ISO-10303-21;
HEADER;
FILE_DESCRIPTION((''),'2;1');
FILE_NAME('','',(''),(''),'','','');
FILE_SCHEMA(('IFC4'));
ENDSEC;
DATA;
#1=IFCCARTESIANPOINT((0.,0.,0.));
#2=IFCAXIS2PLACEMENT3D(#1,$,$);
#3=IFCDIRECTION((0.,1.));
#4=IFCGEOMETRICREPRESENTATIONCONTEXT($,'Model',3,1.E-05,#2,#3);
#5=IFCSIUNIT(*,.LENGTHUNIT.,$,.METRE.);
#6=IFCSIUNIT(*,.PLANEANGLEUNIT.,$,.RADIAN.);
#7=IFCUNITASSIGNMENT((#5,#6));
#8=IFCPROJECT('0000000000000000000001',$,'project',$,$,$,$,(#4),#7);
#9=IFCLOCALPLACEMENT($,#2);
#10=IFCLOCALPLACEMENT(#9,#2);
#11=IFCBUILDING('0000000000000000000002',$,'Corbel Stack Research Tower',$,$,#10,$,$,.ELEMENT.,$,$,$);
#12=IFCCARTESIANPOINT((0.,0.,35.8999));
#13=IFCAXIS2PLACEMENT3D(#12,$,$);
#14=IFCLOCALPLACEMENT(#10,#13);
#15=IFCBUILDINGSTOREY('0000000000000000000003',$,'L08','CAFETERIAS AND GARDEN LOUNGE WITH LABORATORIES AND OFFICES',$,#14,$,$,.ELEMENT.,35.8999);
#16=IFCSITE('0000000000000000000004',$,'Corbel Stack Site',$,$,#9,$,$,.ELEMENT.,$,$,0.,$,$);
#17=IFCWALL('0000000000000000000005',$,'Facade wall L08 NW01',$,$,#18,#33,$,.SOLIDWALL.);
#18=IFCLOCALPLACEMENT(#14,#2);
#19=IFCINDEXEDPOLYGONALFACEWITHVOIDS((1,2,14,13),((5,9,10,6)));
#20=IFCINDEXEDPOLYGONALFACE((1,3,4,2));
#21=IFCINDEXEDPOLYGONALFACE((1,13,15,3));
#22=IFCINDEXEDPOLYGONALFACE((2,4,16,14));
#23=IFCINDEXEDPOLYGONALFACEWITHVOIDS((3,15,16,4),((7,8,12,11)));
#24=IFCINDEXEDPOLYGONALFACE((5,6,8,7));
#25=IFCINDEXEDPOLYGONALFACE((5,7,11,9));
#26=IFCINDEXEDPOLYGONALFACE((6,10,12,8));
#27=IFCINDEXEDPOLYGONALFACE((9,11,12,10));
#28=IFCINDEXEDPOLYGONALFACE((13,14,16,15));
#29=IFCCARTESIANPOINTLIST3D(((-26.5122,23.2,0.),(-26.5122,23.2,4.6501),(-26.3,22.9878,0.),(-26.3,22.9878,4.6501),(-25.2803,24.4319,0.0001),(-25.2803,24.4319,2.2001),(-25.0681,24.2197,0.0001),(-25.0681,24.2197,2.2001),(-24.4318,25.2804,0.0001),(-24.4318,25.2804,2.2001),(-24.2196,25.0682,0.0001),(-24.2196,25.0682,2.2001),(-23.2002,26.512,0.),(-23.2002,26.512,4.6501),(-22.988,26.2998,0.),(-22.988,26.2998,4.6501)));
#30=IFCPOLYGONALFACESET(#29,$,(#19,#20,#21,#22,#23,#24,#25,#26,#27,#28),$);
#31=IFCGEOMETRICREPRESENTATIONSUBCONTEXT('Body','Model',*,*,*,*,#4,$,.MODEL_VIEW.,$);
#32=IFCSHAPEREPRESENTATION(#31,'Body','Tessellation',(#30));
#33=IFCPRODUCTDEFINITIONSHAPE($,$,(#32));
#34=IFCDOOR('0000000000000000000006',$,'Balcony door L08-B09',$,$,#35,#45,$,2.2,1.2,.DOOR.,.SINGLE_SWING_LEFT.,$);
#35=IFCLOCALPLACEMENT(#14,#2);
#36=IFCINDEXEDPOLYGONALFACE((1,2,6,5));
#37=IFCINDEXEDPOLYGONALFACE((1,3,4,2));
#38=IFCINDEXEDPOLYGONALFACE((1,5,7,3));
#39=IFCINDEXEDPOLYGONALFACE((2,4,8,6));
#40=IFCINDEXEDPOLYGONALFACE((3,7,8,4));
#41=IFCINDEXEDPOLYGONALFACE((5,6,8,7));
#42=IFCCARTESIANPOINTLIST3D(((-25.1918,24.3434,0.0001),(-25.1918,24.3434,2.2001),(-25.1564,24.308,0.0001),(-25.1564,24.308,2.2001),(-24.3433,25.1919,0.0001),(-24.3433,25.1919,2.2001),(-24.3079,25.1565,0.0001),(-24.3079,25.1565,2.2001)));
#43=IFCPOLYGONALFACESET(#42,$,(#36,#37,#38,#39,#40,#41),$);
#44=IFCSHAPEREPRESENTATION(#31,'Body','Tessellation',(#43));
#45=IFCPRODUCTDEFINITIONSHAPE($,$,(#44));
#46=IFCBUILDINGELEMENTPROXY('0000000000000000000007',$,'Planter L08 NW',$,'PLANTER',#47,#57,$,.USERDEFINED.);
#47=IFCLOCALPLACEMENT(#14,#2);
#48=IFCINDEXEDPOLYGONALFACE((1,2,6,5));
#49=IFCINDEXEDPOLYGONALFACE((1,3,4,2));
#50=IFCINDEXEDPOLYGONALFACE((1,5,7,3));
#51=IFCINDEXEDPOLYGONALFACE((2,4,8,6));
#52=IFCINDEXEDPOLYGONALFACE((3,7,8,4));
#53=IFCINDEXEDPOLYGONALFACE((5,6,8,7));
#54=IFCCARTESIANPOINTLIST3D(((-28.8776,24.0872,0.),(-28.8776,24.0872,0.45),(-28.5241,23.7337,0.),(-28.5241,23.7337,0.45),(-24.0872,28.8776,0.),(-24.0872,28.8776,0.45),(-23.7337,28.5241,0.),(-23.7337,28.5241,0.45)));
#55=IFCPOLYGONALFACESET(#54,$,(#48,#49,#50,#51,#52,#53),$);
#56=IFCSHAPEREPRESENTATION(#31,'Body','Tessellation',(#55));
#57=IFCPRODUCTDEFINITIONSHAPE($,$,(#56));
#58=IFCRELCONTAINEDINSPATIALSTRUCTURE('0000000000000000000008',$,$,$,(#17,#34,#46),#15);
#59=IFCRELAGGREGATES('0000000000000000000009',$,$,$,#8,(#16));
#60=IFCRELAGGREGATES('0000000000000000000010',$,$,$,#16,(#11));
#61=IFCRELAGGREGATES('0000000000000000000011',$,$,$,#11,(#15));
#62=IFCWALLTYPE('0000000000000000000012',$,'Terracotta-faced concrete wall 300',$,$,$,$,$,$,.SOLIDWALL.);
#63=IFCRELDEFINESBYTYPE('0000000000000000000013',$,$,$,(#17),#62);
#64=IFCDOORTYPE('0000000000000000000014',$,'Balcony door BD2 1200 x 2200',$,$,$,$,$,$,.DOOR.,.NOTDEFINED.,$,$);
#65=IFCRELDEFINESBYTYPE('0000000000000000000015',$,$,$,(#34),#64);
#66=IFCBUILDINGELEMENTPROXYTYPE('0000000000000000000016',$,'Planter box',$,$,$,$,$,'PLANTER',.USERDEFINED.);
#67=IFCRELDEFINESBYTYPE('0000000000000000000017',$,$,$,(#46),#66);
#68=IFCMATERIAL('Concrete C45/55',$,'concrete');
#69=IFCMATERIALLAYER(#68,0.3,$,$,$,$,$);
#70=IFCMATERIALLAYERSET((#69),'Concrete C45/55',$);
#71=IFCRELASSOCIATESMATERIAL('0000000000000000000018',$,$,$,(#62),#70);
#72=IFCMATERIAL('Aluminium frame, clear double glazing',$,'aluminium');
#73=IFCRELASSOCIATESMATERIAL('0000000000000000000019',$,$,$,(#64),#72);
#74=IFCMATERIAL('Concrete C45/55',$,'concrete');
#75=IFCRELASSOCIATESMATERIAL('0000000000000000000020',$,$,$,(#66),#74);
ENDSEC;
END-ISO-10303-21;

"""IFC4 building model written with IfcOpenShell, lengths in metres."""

from ifc_helpers import new_model, si_unit, direction, frame, frame_2d, origin, origin_2d, place, context, subcontext, project, spatial, rectangle, extrude, material, layer, layer_set, type_object, element, fill, save


model = new_model("IFC4")

# Units and contexts
model_context = context("Model", 3, precision=1e-05, world=origin(), true_north=direction((0.0, 1.0)))
body_context = subcontext(model_context, "Body", "Model", "MODEL_VIEW")
ifc_project = project(units=[si_unit("LENGTHUNIT", "METRE"), si_unit("PLANEANGLEUNIT", "RADIAN")], contexts=[model_context])

# Site, building, storey
site_placement = place(None, origin())
site = spatial("IfcSite", under=ifc_project, at=site_placement, Name="Corbel Stack Site", CompositionType="ELEMENT", RefElevation=0.0)
building_placement = place(site_placement, origin())
building = spatial("IfcBuilding", under=site, at=building_placement, Name="Corbel Stack Research Tower", CompositionType="ELEMENT")
storey_placement = place(building_placement, frame((0.0, 0.0, 35.8999)))
storey = spatial("IfcBuildingStorey", under=building, at=storey_placement, Name="L08", Description="CAFETERIAS AND GARDEN LOUNGE WITH LABORATORIES AND OFFICES", CompositionType="ELEMENT", Elevation=35.8999)

# Wall, opening, door
ifc_material_1 = material(Name="Concrete C45/55", Category="concrete")
ifc_layer_1 = layer(ifc_material_1, 0.3)
ifc_layer_set_1 = layer_set([ifc_layer_1], Name="Concrete C45/55")
wall_type_1 = type_object("IfcWallType", Name="Terracotta-faced concrete wall 300", PredefinedType="SOLIDWALL", material=ifc_layer_set_1)
wall_1_placement = place(storey_placement, frame((-26.406, 23.094, 0.0), z_axis=(0.0, 0.0, 1.0), x_axis=(0.707107, 0.707107, 0.0)))
wall_1 = element("IfcWall", 1, at=wall_1_placement, inside=storey, type_object=wall_type_1, Name="Facade wall L08 NW01", PredefinedType="SOLIDWALL", context=body_context, shape_type="SweptSolid", body=[
    extrude(rectangle(XDim=4.6838, YDim=0.3, at=frame_2d((2.3418, 0.0))), origin(), (0.0, 0.0, 1.0), 4.6501),
])
opening_placement = place(wall_1_placement, frame((1.7419, 0.0, 0.0)))
opening = element("IfcOpeningElement", 2, at=opening_placement, cuts=wall_1, PredefinedType="OPENING", context=body_context, shape_type="SweptSolid", body=[
    extrude(rectangle(XDim=1.2, YDim=2.2, at=frame_2d((0.6001, 1.1001))), frame((0.0, 0.1599, 0.0), z_axis=(0.0, -1.0, 0.0), x_axis=(1.0, 0.0, 0.0)), (0.0, 0.0, 1.0), 0.3201),
])
ifc_material_2 = material(Name="Aluminium frame, clear double glazing", Category="aluminium")
door_type = type_object("IfcDoorType", Name="Balcony door BD2 1200 x 2200", OperationType="NOTDEFINED", PredefinedType="DOOR", material=ifc_material_2)
door_placement = place(opening_placement, origin())
door = element("IfcDoor", 3, at=door_placement, inside=storey, type_object=door_type, Name="Balcony door L08-B09", OperationType="SINGLE_SWING_LEFT", OverallHeight=2.2, OverallWidth=1.2, PredefinedType="DOOR", context=body_context, shape_type="SweptSolid", body=[
    extrude(rectangle(XDim=1.2, YDim=2.2, at=frame_2d((0.6001, 1.1001))), frame((0.0, 0.0249, 0.0), z_axis=(0.0, -1.0, 0.0), x_axis=(1.0, 0.0, 0.0)), (0.0, 0.0, 1.0), 0.05),
])
fill(opening, door)

# Building element proxy
ifc_material_3 = material(Name="Concrete C45/55", Category="concrete")
building_element_proxy_type = type_object("IfcBuildingElementProxyType", Name="Planter box", ElementType="PLANTER", PredefinedType="USERDEFINED", material=ifc_material_3)
proxy_placement = place(storey_placement, frame((-26.3057, 26.3057, 0.0), z_axis=(0.0, 0.0, 1.0), x_axis=(-0.707107, -0.707107, 0.0)))
element("IfcBuildingElementProxy", 4, at=proxy_placement, inside=storey, type_object=building_element_proxy_type, Name="Planter L08 NW", ObjectType="PLANTER", PredefinedType="USERDEFINED", context=body_context, shape_type="SweptSolid", body=[
    extrude(rectangle(XDim=6.7747, YDim=0.5, at=origin_2d()), origin(), (0.0, 0.0, 1.0), 0.45),
])

save(model, "model.ifc")
